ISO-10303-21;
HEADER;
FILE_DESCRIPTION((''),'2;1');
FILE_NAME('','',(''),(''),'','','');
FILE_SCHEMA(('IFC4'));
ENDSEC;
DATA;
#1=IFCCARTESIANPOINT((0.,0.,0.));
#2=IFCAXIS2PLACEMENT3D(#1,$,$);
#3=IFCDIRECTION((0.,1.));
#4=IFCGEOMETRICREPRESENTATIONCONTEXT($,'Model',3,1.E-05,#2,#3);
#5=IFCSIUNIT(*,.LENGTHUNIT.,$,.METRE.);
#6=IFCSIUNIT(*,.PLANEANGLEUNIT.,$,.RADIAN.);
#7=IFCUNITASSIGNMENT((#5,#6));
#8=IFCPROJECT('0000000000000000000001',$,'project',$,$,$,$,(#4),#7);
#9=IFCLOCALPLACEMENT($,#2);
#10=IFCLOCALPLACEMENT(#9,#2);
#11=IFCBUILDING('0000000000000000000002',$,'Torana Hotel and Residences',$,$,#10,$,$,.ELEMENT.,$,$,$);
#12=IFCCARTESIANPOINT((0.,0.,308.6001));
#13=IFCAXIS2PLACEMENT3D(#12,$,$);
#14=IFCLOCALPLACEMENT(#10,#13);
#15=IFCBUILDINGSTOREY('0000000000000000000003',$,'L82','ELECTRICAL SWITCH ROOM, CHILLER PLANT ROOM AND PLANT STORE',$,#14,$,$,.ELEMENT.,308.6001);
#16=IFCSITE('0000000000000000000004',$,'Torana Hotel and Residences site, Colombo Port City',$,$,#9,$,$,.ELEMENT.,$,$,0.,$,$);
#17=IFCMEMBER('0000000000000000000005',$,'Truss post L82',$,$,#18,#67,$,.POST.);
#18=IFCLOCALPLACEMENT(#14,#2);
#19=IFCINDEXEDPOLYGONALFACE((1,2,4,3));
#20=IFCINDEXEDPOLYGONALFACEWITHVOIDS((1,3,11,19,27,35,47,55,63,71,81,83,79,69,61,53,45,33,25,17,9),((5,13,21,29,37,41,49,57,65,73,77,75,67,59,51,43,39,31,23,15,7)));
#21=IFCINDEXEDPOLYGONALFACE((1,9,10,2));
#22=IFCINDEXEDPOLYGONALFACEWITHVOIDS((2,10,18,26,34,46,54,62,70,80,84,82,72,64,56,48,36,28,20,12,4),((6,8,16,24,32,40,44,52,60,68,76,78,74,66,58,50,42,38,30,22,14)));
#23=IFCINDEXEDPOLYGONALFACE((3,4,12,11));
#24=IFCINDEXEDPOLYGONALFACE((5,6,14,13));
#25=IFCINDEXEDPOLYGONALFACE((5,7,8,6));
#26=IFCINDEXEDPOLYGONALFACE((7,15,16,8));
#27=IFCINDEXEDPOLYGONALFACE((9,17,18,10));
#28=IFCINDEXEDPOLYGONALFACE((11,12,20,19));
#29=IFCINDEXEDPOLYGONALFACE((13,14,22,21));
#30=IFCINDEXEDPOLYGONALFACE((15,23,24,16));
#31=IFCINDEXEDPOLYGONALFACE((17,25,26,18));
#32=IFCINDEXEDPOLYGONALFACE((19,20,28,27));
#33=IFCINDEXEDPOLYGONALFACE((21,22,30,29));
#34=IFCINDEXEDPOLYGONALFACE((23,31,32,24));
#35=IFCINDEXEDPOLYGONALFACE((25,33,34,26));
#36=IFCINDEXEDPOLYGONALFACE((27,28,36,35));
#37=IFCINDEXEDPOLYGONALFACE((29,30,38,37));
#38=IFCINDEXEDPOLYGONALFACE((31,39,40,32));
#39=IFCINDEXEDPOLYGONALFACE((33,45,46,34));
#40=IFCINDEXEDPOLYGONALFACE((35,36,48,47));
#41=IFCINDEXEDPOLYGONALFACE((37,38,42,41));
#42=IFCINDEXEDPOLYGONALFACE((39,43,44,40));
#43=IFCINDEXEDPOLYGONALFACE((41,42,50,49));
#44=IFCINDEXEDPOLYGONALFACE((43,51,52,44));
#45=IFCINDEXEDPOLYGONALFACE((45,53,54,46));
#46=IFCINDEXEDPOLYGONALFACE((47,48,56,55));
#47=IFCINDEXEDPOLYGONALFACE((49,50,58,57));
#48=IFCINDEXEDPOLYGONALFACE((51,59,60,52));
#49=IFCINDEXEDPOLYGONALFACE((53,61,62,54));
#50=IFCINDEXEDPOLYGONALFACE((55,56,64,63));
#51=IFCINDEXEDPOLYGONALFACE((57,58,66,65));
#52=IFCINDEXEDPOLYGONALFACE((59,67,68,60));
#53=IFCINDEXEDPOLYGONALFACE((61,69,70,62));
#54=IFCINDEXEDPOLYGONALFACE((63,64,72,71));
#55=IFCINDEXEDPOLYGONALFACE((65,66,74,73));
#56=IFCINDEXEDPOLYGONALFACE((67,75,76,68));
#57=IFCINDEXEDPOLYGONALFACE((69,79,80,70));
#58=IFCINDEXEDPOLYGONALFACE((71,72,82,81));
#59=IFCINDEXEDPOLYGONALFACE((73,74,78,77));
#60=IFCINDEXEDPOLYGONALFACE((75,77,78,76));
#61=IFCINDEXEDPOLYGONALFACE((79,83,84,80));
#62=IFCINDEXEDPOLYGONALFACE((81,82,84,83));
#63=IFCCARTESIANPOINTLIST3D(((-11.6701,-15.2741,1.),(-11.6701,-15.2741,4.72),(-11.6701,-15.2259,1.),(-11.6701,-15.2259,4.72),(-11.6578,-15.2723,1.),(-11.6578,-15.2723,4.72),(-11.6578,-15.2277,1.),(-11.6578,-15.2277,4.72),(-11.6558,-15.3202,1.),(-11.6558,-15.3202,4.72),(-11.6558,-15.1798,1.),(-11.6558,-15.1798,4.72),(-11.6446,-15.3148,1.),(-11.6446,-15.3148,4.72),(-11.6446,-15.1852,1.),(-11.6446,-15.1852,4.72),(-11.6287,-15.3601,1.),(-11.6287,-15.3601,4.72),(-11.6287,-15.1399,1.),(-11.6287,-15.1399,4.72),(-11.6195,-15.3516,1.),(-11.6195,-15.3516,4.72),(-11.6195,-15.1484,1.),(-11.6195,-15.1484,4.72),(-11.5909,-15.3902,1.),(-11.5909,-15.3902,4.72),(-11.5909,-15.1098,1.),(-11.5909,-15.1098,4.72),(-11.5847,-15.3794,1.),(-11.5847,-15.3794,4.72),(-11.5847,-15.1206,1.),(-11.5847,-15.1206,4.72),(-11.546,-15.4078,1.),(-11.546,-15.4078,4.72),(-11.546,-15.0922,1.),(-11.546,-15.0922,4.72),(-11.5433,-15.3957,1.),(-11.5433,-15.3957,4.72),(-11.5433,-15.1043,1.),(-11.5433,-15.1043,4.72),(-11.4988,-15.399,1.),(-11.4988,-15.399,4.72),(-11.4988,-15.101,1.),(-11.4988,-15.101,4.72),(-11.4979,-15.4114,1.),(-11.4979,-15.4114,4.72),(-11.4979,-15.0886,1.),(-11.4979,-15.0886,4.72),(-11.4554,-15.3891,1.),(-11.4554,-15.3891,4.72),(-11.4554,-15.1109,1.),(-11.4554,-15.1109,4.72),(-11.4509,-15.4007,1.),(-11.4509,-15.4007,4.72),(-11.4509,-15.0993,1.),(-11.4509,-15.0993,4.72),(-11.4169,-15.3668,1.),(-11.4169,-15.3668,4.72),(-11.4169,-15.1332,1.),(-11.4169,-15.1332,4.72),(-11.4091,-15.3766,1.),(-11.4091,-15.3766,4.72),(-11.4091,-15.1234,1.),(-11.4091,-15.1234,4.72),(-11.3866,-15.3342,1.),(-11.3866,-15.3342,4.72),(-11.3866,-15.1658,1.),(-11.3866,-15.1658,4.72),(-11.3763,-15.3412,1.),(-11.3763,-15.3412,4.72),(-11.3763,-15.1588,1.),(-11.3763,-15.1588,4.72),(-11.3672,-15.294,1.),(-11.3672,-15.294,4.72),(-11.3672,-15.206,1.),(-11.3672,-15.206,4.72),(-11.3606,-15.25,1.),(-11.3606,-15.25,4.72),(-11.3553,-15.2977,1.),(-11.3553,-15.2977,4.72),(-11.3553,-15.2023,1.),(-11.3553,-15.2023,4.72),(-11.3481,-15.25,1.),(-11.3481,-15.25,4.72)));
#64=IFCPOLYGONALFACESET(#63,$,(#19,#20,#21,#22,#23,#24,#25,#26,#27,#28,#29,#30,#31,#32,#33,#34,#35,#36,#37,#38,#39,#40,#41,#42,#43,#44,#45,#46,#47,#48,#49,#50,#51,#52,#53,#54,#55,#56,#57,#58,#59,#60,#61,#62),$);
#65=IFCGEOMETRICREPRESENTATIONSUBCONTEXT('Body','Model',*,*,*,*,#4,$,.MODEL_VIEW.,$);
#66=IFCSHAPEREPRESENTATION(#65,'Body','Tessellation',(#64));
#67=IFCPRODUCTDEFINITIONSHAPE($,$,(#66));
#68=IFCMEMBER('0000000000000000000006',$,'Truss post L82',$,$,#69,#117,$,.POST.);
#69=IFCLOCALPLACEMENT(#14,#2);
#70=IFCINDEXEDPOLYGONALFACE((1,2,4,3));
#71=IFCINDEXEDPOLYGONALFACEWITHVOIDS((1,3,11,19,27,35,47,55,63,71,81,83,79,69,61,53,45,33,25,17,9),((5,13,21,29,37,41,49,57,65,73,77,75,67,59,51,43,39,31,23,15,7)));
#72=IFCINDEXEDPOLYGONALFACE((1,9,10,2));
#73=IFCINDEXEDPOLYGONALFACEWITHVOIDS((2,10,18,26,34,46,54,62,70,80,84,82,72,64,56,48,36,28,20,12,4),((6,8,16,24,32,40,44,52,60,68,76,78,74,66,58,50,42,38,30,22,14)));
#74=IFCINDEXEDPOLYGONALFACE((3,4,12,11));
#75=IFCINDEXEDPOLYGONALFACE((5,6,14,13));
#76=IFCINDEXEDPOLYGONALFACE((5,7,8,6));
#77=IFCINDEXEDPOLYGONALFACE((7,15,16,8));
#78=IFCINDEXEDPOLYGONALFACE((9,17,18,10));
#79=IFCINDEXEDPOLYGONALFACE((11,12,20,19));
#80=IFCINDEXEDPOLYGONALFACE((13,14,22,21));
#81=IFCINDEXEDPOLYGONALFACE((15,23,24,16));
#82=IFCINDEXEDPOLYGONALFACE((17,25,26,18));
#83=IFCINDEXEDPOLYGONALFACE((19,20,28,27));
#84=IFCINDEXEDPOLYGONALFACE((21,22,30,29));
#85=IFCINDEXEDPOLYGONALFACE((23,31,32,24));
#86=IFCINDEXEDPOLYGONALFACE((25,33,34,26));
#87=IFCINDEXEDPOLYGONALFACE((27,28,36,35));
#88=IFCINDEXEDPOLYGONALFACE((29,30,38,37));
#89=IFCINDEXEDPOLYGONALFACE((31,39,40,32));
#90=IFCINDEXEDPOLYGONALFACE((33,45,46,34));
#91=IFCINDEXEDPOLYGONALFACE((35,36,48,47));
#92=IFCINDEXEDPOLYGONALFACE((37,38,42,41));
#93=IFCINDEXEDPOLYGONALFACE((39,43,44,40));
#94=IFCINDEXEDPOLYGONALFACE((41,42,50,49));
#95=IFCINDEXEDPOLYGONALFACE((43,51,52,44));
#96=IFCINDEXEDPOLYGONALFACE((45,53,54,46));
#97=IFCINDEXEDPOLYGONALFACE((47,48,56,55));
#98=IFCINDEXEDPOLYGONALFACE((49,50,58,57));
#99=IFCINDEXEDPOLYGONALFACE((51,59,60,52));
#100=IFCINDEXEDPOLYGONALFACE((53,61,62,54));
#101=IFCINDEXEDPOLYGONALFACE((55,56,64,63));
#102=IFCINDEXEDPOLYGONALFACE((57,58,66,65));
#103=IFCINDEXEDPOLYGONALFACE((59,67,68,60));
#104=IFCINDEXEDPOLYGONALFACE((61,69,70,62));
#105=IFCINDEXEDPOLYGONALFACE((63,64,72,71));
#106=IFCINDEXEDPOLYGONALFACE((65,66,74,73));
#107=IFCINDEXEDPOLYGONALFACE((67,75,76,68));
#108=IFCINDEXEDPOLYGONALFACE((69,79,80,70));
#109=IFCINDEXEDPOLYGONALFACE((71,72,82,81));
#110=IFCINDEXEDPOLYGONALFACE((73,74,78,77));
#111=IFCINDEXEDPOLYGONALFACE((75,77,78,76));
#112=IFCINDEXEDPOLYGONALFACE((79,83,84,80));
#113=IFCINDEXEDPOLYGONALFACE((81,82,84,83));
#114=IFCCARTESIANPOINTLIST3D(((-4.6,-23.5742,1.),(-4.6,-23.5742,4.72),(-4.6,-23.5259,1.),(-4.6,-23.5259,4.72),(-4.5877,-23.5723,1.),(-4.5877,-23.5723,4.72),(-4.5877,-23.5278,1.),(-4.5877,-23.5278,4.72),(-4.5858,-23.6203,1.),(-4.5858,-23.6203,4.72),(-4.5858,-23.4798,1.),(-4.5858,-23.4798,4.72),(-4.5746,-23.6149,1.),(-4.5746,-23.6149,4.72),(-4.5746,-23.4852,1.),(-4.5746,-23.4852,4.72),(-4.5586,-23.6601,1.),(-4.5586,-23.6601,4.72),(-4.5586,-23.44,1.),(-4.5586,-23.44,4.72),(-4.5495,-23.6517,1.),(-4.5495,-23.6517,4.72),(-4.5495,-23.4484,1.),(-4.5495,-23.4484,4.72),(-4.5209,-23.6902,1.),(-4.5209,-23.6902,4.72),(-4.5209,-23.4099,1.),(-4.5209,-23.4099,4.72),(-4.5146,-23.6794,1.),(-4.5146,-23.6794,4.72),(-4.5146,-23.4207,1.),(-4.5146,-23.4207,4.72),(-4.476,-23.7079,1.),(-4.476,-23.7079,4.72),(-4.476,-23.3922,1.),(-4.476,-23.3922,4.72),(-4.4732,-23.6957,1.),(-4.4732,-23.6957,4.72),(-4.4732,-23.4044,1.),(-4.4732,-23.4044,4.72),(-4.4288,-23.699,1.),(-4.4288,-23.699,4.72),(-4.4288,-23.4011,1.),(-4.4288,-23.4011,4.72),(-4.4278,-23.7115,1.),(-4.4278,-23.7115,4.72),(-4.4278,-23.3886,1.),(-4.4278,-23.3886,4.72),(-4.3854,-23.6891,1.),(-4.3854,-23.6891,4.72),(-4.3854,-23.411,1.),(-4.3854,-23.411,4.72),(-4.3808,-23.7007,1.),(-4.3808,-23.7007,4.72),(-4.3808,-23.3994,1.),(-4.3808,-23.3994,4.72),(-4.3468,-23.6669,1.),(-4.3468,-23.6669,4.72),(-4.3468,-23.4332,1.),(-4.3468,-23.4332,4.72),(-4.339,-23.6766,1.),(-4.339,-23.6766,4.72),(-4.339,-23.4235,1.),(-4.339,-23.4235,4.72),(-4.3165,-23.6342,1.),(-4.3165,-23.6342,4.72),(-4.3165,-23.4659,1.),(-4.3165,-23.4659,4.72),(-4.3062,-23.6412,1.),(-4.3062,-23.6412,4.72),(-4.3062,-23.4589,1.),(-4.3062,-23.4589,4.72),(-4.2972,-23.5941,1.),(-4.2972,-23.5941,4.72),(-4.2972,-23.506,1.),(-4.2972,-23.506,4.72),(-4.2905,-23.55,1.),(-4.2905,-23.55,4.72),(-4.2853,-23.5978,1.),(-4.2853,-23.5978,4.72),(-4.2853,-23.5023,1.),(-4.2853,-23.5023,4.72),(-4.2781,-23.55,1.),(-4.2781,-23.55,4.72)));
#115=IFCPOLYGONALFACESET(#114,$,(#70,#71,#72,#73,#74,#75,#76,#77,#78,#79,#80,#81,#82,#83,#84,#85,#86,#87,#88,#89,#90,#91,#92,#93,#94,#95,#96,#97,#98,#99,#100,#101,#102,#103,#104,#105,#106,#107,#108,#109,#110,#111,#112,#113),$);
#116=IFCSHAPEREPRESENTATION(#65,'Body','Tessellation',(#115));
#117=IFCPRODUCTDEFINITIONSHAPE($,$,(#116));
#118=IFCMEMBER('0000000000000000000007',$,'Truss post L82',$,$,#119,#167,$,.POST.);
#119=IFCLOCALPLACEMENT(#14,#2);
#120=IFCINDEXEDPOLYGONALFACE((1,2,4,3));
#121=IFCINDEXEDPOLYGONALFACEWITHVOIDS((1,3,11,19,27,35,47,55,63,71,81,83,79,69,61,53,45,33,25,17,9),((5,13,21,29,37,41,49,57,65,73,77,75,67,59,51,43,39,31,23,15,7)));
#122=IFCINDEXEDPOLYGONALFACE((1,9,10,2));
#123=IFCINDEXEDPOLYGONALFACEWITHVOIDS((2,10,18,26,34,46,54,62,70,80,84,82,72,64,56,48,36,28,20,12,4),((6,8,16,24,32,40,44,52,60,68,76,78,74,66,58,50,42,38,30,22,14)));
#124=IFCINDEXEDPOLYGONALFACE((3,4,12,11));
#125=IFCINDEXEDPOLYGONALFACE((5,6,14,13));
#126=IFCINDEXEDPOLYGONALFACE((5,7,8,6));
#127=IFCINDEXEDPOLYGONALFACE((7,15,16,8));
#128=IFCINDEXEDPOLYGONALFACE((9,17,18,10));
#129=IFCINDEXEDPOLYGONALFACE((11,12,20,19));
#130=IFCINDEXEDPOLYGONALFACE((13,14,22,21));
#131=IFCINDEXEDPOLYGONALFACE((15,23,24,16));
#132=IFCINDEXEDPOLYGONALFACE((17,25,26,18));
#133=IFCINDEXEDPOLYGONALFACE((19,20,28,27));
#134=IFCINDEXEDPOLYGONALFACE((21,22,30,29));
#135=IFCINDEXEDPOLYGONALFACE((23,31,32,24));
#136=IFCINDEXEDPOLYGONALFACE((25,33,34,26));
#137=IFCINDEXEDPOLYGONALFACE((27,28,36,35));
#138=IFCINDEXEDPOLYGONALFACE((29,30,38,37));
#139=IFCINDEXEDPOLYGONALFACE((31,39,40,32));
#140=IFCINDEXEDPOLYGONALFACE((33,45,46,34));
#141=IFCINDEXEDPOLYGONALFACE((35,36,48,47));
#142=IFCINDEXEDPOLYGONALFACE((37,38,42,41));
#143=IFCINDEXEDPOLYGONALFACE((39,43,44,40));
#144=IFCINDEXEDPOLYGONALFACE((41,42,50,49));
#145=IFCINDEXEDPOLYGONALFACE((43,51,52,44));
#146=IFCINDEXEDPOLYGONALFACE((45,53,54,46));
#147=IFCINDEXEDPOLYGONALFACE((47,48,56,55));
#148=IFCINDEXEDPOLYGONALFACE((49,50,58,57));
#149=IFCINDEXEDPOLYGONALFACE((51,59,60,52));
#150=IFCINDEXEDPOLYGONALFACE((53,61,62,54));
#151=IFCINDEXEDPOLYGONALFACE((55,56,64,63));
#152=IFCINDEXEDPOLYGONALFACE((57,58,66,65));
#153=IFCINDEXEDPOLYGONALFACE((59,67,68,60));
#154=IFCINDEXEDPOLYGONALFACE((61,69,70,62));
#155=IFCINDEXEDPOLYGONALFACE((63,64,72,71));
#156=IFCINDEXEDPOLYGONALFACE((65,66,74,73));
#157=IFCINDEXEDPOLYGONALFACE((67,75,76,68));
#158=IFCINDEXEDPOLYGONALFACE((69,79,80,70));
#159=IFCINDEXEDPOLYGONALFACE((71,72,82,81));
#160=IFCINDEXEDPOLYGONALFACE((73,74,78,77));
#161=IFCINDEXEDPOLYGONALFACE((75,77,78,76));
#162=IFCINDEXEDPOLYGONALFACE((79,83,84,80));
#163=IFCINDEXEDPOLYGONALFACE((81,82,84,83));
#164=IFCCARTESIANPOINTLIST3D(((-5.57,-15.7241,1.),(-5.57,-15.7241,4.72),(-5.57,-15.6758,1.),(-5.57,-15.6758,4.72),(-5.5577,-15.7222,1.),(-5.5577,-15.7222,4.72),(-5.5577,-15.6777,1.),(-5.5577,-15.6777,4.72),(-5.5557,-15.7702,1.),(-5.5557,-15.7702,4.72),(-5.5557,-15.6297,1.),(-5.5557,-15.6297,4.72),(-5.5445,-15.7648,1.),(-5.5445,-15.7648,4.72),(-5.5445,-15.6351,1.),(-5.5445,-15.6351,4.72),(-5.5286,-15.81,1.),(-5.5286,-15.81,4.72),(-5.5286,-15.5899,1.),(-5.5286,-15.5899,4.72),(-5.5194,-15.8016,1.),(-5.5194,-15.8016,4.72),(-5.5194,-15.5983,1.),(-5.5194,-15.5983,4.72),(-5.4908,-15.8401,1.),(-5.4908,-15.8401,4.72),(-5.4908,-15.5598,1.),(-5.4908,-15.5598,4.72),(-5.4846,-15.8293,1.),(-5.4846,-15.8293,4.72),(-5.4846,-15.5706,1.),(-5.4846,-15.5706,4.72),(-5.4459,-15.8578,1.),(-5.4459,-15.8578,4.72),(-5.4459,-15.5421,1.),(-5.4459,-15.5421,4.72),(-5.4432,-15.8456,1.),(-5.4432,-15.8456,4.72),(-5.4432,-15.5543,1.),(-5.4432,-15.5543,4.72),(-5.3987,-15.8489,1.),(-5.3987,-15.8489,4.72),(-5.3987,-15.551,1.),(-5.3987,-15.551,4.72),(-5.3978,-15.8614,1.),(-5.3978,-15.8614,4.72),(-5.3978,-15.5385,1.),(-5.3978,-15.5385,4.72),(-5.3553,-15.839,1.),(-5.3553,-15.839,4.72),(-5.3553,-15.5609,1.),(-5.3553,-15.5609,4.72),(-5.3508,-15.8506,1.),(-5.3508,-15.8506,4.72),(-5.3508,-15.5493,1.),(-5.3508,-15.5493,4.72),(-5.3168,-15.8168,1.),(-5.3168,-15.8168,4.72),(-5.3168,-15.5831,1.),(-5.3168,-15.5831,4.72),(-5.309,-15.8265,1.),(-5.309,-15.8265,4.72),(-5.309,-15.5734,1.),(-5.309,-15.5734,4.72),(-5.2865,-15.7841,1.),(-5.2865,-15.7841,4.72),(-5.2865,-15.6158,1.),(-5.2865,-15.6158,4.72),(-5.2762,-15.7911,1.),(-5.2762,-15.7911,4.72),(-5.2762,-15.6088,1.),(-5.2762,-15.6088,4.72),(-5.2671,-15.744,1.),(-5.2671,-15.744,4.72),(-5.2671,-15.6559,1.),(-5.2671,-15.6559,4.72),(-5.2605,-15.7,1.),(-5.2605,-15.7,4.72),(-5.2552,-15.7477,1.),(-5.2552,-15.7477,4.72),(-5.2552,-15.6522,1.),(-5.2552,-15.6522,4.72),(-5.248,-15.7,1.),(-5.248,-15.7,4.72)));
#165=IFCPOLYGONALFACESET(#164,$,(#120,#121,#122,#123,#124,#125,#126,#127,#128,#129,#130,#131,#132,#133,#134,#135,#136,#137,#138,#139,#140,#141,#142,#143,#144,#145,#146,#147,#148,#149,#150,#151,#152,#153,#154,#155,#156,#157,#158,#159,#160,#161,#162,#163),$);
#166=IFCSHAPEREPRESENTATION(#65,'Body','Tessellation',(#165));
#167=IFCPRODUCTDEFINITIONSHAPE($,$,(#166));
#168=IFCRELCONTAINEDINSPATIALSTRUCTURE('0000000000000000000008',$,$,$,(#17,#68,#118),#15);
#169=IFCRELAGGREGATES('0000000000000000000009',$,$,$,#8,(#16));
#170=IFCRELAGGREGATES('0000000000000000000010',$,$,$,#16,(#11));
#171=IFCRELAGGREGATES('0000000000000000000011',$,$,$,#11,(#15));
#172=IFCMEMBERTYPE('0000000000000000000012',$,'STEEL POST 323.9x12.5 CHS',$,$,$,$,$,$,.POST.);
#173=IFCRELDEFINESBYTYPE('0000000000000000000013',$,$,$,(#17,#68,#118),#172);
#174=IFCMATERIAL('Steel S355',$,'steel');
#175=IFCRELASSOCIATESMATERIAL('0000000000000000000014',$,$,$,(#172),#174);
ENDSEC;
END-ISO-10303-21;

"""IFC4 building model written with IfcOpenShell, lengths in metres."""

from ifc_helpers import new_model, si_unit, direction, frame, origin, origin_2d, place, context, subcontext, project, spatial, hollow_circle, extrude, material, material_profile, profile_set, type_object, element, save


model = new_model("IFC4")

# Units and contexts
model_context = context("Model", 3, precision=1e-05, world=origin(), true_north=direction((0.0, 1.0)))
body_context = subcontext(model_context, "Body", "Model", "MODEL_VIEW")
ifc_project = project(units=[si_unit("LENGTHUNIT", "METRE"), si_unit("PLANEANGLEUNIT", "RADIAN")], contexts=[model_context])

# Site, building, storey
site_placement = place(None, origin())
site = spatial("IfcSite", under=ifc_project, at=site_placement, Name="Torana Hotel and Residences site, Colombo Port City", CompositionType="ELEMENT", RefElevation=0.0)
building_placement = place(site_placement, origin())
building = spatial("IfcBuilding", under=site, at=building_placement, Name="Torana Hotel and Residences", CompositionType="ELEMENT")
storey_placement = place(building_placement, frame((0.0, 0.0, 308.6001)))
storey = spatial("IfcBuildingStorey", under=building, at=storey_placement, Name="L82", Description="ELECTRICAL SWITCH ROOM, CHILLER PLANT ROOM AND PLANT STORE", CompositionType="ELEMENT", Elevation=308.6001)

# Members
ifc_material_1 = material(Name="Steel S355", Category="steel")
ifc_material_profile_1 = material_profile(ifc_material_1, hollow_circle(Radius=0.1619, WallThickness=0.0125, at=origin_2d()), Name="323.9x12.5 CHS")
ifc_profile_set_1 = profile_set([ifc_material_profile_1], Name="Steel S355")
member_type_1 = type_object("IfcMemberType", Name="STEEL POST 323.9x12.5 CHS", PredefinedType="POST", material=ifc_profile_set_1)
for number, where, z_axis, x_axis, name in (
    (1, (-11.51, -15.25, 1.0), (0.0, 0.0, 1.0), (1.0, 0.0, 0.0), "Truss post L82"),
    (2, (-4.4399, -23.55, 1.0), (0.0, 0.0, 1.0), (1.0, 0.0, 0.0), "Truss post L82"),
    (3, (-5.4099, -15.7, 1.0), (0.0, 0.0, 1.0), (1.0, 0.0, 0.0), "Truss post L82"),
):
    element("IfcMember", number, at=place(storey_placement, frame(where, z_axis=z_axis, x_axis=x_axis)), inside=storey, type_object=member_type_1, Name=name, PredefinedType="POST", context=body_context, shape_type="SweptSolid", body=[
        extrude(hollow_circle(Radius=0.1619, WallThickness=0.0125, at=origin_2d()), origin(), (0.0, 0.0, 1.0), 3.72),
    ])

save(model, "model.ifc")
